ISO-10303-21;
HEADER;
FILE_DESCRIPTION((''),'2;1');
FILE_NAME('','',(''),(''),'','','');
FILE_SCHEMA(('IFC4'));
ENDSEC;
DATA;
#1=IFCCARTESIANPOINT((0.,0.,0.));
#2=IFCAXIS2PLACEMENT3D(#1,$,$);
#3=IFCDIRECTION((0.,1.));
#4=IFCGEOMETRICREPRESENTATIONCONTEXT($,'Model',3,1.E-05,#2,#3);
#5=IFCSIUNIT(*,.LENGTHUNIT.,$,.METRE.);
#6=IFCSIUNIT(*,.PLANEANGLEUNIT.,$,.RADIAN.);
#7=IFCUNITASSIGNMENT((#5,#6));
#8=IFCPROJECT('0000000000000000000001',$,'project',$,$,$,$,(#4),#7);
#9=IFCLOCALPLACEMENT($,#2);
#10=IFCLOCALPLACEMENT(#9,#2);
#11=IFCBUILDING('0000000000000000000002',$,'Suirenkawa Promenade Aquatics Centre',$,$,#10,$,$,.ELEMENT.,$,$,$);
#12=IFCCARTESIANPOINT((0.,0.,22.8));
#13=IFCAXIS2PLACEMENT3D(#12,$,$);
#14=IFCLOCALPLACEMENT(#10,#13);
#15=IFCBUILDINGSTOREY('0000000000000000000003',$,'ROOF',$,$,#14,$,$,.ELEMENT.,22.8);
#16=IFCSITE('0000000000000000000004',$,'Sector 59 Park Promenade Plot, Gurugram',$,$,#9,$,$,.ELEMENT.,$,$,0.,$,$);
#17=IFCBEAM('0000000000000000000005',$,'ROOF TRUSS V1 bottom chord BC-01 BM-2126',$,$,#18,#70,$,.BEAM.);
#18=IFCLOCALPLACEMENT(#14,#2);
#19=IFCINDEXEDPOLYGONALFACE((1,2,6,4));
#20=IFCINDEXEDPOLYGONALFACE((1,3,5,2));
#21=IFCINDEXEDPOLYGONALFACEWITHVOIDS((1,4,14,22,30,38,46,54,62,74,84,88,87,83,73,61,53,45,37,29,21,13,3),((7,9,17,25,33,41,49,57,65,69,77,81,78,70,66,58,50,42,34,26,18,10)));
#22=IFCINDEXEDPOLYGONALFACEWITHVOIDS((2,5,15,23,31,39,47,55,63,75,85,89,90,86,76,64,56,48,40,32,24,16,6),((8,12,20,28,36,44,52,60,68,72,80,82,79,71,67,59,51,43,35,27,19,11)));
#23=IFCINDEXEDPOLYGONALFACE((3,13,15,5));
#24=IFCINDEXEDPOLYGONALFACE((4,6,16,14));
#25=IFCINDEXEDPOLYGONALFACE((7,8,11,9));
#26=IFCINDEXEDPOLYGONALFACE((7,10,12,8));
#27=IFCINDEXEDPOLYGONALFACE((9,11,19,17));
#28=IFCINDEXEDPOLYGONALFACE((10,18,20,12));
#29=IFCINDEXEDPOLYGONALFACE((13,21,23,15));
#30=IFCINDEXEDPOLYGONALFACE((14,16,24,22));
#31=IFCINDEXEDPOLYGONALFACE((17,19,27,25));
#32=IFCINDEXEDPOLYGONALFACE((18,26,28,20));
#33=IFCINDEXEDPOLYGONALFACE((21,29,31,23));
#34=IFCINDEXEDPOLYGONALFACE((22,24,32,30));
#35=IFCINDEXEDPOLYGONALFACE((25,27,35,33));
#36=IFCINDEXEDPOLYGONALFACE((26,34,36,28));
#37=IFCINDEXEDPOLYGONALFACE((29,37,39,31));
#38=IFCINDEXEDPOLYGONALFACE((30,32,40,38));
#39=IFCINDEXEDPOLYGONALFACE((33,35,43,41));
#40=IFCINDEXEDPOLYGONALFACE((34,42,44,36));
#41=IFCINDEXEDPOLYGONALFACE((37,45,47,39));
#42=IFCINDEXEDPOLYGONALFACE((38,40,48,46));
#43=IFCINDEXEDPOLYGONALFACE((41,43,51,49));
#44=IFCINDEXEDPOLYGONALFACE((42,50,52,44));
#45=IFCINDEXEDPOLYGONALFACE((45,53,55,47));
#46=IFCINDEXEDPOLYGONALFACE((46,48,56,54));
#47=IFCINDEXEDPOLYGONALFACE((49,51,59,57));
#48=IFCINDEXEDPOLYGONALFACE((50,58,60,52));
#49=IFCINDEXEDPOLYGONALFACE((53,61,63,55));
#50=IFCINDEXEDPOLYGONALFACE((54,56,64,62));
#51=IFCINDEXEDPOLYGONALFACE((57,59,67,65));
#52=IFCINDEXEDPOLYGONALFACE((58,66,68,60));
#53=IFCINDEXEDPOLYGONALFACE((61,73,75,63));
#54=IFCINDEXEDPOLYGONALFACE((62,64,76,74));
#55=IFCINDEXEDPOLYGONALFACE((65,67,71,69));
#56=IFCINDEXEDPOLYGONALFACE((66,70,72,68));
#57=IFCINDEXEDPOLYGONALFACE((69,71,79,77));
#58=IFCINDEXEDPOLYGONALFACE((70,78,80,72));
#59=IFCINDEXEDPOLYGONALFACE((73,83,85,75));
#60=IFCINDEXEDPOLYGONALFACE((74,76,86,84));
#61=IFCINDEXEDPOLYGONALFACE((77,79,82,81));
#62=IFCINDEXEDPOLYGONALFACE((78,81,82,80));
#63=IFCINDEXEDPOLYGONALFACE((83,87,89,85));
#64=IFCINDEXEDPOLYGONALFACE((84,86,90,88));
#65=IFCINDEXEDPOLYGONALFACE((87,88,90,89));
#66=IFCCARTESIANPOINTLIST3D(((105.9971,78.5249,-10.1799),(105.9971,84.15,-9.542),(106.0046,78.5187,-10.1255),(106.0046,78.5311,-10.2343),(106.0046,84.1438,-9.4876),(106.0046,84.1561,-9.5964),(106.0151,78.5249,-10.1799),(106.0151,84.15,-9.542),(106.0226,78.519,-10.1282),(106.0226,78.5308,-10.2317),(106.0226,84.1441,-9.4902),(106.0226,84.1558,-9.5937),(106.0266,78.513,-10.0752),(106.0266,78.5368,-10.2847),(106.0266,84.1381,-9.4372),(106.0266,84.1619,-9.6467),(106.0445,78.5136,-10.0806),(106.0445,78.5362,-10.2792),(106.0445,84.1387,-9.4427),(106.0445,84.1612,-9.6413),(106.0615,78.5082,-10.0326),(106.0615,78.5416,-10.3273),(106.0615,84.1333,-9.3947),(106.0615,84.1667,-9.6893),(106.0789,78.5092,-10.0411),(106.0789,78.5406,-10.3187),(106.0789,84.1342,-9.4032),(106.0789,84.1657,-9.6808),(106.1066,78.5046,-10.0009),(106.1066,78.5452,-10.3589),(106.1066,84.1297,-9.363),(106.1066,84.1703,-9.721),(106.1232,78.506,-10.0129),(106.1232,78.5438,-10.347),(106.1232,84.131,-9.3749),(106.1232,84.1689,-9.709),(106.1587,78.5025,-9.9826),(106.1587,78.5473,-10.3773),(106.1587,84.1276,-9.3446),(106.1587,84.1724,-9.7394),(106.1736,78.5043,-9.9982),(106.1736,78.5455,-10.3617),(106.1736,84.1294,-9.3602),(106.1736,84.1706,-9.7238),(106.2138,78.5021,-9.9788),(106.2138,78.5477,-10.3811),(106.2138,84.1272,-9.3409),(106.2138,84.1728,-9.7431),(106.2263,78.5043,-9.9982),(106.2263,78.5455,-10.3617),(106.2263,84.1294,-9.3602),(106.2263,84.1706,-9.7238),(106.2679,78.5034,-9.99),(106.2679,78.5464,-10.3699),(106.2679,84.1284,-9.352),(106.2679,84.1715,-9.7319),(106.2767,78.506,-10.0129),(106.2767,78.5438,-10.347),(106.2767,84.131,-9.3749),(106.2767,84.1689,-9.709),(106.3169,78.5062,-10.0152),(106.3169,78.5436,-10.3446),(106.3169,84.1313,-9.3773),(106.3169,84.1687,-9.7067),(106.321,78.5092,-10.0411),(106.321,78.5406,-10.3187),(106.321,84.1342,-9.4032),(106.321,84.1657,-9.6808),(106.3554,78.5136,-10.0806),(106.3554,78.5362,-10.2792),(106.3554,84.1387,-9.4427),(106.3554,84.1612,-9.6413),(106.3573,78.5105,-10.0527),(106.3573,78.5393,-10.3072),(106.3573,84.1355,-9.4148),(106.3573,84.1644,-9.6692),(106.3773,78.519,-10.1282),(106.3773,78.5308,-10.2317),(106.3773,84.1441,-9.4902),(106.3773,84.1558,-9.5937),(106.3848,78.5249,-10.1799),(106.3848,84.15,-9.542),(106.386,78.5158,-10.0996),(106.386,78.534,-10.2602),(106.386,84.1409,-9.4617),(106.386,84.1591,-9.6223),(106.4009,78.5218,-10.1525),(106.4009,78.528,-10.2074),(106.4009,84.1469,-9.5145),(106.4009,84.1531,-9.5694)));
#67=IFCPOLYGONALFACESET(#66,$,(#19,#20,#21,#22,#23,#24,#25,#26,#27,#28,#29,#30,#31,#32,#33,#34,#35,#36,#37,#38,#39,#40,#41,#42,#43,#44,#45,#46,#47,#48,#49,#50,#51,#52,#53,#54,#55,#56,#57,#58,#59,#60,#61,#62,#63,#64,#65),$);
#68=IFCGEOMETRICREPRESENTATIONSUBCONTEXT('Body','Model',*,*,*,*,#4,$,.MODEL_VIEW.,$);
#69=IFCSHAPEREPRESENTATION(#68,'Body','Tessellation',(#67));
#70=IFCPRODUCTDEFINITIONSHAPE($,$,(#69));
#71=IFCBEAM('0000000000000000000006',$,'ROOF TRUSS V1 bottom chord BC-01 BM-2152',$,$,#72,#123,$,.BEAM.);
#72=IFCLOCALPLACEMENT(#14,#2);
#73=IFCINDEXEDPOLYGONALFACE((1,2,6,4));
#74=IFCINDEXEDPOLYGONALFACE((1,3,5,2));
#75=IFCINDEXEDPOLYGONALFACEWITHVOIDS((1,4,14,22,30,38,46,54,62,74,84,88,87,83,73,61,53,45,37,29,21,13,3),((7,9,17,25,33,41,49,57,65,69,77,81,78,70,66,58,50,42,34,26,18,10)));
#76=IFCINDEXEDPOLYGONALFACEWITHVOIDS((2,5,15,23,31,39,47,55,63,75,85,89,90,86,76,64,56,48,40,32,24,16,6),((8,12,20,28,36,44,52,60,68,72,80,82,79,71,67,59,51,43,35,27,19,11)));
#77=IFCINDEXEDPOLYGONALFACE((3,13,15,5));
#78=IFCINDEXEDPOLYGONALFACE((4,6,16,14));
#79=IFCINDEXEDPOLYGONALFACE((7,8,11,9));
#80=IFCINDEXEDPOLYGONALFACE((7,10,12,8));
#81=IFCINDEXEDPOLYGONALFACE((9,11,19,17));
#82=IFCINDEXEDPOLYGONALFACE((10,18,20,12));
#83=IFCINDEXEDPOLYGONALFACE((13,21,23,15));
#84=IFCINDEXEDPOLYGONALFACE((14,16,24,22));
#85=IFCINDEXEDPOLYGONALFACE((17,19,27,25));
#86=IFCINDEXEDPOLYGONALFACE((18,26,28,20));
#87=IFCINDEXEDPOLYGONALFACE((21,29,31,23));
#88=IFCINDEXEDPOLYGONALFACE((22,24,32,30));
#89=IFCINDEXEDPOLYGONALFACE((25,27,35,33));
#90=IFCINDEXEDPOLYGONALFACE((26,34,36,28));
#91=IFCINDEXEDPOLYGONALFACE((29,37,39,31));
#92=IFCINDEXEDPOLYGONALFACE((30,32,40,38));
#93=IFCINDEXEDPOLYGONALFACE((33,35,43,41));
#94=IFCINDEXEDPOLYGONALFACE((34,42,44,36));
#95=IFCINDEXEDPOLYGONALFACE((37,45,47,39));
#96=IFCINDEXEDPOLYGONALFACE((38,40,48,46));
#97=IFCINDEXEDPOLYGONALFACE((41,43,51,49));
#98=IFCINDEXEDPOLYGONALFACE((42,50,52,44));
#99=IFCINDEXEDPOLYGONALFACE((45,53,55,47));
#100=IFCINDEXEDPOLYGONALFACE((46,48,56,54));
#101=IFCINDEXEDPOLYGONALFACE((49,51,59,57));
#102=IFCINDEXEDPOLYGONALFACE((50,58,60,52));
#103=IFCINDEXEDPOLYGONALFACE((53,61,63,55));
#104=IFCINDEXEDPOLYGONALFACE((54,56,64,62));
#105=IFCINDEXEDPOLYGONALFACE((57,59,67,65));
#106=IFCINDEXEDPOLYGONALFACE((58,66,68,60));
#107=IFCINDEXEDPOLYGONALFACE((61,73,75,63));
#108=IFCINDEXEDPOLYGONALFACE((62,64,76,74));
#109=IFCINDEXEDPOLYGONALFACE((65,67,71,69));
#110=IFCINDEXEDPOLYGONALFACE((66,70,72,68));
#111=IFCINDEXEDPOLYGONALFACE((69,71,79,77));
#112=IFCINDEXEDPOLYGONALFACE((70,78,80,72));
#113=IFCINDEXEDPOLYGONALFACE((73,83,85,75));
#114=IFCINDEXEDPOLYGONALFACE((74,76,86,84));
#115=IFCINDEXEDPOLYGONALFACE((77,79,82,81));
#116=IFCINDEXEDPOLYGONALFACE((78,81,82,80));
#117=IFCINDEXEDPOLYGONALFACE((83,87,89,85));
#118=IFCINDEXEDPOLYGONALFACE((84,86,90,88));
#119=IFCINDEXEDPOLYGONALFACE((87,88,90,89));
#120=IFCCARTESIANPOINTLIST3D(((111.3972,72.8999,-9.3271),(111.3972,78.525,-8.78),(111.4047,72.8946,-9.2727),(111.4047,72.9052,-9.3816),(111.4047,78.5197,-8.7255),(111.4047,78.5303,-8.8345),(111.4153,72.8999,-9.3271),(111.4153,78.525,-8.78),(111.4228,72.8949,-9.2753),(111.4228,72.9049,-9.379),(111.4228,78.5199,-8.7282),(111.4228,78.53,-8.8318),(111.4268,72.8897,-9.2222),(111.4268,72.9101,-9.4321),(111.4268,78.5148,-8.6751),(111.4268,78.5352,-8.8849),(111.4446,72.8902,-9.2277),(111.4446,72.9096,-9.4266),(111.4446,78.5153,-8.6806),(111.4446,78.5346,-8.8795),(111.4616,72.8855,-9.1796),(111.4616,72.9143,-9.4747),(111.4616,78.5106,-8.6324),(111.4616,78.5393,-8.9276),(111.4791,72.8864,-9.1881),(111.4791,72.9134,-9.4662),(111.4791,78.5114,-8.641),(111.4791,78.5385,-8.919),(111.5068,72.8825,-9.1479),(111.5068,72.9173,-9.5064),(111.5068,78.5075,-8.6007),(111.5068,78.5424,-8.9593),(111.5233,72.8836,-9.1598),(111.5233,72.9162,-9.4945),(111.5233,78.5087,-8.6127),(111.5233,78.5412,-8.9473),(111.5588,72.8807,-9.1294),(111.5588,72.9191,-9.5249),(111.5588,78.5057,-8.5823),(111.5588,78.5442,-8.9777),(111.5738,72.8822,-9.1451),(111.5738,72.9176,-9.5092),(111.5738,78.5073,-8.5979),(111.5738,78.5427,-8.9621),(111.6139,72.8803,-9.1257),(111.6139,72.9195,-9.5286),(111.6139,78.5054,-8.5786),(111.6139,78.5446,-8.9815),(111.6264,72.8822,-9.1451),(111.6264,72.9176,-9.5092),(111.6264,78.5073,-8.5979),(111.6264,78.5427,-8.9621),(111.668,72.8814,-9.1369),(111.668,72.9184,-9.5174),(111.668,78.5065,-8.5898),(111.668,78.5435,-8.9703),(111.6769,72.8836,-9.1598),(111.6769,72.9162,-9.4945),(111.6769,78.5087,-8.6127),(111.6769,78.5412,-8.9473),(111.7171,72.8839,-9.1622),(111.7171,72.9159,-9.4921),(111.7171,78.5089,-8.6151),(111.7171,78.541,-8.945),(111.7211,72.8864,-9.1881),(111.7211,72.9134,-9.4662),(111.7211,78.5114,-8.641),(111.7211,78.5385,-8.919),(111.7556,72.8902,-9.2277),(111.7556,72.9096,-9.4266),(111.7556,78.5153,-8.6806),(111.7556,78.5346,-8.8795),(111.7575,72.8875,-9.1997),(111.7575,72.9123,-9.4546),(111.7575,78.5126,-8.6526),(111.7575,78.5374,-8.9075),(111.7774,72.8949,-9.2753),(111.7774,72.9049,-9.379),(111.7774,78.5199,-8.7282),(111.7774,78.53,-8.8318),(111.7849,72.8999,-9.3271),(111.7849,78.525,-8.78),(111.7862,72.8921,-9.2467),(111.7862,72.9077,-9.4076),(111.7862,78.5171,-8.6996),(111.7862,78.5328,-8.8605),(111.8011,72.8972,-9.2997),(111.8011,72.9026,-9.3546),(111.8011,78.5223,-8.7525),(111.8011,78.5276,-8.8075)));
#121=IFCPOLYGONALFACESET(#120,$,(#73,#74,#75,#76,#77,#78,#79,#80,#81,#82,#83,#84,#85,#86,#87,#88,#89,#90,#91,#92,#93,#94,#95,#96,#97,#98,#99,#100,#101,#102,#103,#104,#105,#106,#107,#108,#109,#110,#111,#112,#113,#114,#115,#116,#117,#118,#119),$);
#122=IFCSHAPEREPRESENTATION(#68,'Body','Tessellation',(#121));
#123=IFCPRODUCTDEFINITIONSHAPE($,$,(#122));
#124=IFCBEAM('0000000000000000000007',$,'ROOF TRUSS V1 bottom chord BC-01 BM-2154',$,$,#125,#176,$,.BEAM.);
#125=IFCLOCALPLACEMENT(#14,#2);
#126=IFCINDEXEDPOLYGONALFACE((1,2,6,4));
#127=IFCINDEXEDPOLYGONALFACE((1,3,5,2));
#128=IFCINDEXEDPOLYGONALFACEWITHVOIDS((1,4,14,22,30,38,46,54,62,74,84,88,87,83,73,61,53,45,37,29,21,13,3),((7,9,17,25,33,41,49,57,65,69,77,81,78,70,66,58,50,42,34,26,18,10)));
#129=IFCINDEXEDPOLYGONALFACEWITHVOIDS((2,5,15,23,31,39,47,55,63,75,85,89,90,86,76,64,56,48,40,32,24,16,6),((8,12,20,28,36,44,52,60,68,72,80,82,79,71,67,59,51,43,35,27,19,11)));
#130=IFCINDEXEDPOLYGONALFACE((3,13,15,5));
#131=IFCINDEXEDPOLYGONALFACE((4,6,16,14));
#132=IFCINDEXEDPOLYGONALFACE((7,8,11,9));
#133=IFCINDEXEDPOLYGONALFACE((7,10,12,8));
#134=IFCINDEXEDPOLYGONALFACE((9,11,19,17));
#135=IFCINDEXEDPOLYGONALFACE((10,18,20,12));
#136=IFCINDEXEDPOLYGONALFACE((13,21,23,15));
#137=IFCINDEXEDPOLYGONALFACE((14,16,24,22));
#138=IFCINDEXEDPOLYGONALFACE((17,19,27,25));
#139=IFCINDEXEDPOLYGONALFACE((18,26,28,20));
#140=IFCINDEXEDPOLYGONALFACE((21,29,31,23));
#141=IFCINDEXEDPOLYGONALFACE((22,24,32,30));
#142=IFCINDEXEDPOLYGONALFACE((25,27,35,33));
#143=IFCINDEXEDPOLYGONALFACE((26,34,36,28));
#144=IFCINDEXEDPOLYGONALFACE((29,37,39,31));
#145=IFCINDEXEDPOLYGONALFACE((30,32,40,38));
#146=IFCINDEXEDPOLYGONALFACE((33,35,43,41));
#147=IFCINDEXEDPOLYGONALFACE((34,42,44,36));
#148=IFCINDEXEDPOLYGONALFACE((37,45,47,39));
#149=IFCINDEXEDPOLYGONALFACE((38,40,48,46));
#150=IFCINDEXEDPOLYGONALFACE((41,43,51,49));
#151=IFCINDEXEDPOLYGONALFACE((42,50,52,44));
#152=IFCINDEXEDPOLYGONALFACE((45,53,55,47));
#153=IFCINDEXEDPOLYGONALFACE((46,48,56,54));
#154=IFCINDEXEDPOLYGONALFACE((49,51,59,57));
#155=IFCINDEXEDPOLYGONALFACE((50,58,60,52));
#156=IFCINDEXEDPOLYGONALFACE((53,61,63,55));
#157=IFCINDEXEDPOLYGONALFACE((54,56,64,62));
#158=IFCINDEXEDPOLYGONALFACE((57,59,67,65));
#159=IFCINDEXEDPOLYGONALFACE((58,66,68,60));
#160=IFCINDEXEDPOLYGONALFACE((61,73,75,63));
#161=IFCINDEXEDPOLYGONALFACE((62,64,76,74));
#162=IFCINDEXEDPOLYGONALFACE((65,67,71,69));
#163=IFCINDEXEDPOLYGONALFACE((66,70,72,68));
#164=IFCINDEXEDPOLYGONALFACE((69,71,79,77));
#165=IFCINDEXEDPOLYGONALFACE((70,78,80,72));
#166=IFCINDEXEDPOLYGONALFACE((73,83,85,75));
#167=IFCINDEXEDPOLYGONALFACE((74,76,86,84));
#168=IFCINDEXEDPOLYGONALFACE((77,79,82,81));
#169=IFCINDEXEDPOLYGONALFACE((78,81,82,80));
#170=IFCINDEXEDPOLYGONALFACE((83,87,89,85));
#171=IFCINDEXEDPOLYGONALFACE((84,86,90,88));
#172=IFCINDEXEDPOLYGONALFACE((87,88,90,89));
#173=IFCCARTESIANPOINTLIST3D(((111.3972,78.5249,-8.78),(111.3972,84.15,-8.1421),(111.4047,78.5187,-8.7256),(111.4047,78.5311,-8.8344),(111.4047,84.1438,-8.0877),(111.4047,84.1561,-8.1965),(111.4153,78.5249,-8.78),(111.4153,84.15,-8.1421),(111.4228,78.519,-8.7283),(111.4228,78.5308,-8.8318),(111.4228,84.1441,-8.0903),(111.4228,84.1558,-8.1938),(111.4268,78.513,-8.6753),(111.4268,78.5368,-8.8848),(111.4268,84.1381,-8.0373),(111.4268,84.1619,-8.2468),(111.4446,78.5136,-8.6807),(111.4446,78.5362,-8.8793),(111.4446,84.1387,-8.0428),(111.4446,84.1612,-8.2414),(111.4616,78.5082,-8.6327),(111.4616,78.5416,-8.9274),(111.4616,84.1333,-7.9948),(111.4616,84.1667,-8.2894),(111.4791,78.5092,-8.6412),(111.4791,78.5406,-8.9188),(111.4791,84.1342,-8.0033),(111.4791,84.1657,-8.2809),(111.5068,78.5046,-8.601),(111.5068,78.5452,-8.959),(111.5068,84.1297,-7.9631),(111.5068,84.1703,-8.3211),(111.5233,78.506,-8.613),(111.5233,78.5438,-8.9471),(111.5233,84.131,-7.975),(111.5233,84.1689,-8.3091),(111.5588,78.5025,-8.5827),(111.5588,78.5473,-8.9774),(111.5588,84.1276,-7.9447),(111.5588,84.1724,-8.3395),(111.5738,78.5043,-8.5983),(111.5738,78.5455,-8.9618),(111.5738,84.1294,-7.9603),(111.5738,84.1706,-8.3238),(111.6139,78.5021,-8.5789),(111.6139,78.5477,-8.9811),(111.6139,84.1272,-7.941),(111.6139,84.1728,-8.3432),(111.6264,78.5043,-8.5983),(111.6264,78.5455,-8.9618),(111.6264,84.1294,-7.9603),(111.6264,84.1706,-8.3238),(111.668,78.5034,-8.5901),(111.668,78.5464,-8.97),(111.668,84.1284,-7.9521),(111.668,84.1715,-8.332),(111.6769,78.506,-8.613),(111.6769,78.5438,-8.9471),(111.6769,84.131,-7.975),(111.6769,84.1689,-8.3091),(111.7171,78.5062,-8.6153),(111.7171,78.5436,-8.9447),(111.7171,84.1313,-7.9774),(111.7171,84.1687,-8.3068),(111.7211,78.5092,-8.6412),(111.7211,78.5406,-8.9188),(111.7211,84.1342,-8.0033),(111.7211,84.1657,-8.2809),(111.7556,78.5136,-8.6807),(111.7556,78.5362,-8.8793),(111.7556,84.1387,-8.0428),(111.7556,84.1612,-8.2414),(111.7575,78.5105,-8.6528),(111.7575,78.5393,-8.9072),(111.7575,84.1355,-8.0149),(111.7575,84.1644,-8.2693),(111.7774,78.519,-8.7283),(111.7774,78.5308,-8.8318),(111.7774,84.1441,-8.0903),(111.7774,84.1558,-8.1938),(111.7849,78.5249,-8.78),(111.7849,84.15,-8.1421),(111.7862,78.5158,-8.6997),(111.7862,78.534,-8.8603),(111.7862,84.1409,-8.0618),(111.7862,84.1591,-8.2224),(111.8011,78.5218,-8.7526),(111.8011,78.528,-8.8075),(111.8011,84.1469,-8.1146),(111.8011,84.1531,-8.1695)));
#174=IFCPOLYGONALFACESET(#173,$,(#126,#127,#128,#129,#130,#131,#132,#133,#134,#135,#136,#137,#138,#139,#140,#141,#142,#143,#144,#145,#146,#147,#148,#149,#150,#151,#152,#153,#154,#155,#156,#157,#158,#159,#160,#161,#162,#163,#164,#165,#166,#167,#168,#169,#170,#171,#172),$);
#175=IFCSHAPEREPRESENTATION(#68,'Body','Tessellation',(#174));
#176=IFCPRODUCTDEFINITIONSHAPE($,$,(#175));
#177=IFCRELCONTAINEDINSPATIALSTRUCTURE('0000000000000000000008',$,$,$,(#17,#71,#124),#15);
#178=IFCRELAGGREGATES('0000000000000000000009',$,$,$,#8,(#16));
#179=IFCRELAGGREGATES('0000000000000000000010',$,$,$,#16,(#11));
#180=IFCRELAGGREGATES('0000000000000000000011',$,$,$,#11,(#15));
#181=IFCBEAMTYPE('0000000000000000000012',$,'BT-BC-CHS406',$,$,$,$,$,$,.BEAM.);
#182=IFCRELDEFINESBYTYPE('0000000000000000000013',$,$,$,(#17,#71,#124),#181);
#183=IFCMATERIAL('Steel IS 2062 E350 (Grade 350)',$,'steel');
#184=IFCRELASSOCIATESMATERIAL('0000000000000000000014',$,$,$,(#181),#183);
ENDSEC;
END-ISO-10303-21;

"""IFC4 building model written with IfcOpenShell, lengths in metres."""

from ifc_helpers import new_model, si_unit, direction, frame, origin, origin_2d, place, context, subcontext, project, spatial, hollow_circle, extrude, material, material_profile, profile_set, type_object, element, save


model = new_model("IFC4")

# Units and contexts
model_context = context("Model", 3, precision=1e-05, world=origin(), true_north=direction((0.0, 1.0)))
body_context = subcontext(model_context, "Body", "Model", "MODEL_VIEW")
ifc_project = project(units=[si_unit("LENGTHUNIT", "METRE"), si_unit("PLANEANGLEUNIT", "RADIAN")], contexts=[model_context])

# Site, building, storey
site_placement = place(None, origin())
site = spatial("IfcSite", under=ifc_project, at=site_placement, Name="Sector 59 Park Promenade Plot, Gurugram", CompositionType="ELEMENT", RefElevation=0.0)
building_placement = place(site_placement, origin())
building = spatial("IfcBuilding", under=site, at=building_placement, Name="Suirenkawa Promenade Aquatics Centre", CompositionType="ELEMENT")
storey_placement = place(building_placement, frame((0.0, 0.0, 22.8)))
storey = spatial("IfcBuildingStorey", under=building, at=storey_placement, Name="ROOF", CompositionType="ELEMENT", Elevation=22.8)

# Beams
ifc_material = material(Name="Steel IS 2062 E350 (Grade 350)", Category="steel")
ifc_material_profile_1 = material_profile(ifc_material, hollow_circle(Radius=0.2029, WallThickness=0.0181, at=origin_2d()), Name="CHS 406x18", Category="steel")
ifc_profile_set_1 = profile_set([ifc_material_profile_1], Name="Steel IS 2062 E350 (Grade 350)")
beam_type_1 = type_object("IfcBeamType", Name="BT-BC-CHS406", PredefinedType="BEAM", material=ifc_profile_set_1)
beam_1_placement = place(storey_placement, frame((106.2, 78.5249, -10.1799), z_axis=(0.0, 0.99363, 0.112689), x_axis=(-1.0, 0.0, 0.0)))
element("IfcBeam", 1, at=beam_1_placement, inside=storey, type_object=beam_type_1, Name="ROOF TRUSS V1 bottom chord BC-01 BM-2126", PredefinedType="BEAM", context=body_context, shape_type="SweptSolid", body=[
    extrude(hollow_circle(Radius=0.2029, WallThickness=0.0181, at=origin_2d()), origin(), (0.0, 0.0, 1.0), 5.6611),
])
beam_2_placement = place(storey_placement, frame((111.6001, 72.8999, -9.3271), z_axis=(0.0, 0.995303, 0.096809), x_axis=(-1.0, 0.0, 0.0)))
element("IfcBeam", 2, at=beam_2_placement, inside=storey, type_object=beam_type_1, Name="ROOF TRUSS V1 bottom chord BC-01 BM-2152", PredefinedType="BEAM", context=body_context, shape_type="SweptSolid", body=[
    extrude(hollow_circle(Radius=0.2029, WallThickness=0.0181, at=origin_2d()), origin(), (0.0, 0.0, 1.0), 5.6516),
])
beam_3_placement = place(storey_placement, frame((111.6001, 78.5249, -8.78), z_axis=(0.0, 0.99363, 0.112689), x_axis=(-1.0, 0.0, 0.0)))
element("IfcBeam", 3, at=beam_3_placement, inside=storey, type_object=beam_type_1, Name="ROOF TRUSS V1 bottom chord BC-01 BM-2154", PredefinedType="BEAM", context=body_context, shape_type="SweptSolid", body=[
    extrude(hollow_circle(Radius=0.2029, WallThickness=0.0181, at=origin_2d()), origin(), (0.0, 0.0, 1.0), 5.6611),
])

save(model, "model.ifc")
